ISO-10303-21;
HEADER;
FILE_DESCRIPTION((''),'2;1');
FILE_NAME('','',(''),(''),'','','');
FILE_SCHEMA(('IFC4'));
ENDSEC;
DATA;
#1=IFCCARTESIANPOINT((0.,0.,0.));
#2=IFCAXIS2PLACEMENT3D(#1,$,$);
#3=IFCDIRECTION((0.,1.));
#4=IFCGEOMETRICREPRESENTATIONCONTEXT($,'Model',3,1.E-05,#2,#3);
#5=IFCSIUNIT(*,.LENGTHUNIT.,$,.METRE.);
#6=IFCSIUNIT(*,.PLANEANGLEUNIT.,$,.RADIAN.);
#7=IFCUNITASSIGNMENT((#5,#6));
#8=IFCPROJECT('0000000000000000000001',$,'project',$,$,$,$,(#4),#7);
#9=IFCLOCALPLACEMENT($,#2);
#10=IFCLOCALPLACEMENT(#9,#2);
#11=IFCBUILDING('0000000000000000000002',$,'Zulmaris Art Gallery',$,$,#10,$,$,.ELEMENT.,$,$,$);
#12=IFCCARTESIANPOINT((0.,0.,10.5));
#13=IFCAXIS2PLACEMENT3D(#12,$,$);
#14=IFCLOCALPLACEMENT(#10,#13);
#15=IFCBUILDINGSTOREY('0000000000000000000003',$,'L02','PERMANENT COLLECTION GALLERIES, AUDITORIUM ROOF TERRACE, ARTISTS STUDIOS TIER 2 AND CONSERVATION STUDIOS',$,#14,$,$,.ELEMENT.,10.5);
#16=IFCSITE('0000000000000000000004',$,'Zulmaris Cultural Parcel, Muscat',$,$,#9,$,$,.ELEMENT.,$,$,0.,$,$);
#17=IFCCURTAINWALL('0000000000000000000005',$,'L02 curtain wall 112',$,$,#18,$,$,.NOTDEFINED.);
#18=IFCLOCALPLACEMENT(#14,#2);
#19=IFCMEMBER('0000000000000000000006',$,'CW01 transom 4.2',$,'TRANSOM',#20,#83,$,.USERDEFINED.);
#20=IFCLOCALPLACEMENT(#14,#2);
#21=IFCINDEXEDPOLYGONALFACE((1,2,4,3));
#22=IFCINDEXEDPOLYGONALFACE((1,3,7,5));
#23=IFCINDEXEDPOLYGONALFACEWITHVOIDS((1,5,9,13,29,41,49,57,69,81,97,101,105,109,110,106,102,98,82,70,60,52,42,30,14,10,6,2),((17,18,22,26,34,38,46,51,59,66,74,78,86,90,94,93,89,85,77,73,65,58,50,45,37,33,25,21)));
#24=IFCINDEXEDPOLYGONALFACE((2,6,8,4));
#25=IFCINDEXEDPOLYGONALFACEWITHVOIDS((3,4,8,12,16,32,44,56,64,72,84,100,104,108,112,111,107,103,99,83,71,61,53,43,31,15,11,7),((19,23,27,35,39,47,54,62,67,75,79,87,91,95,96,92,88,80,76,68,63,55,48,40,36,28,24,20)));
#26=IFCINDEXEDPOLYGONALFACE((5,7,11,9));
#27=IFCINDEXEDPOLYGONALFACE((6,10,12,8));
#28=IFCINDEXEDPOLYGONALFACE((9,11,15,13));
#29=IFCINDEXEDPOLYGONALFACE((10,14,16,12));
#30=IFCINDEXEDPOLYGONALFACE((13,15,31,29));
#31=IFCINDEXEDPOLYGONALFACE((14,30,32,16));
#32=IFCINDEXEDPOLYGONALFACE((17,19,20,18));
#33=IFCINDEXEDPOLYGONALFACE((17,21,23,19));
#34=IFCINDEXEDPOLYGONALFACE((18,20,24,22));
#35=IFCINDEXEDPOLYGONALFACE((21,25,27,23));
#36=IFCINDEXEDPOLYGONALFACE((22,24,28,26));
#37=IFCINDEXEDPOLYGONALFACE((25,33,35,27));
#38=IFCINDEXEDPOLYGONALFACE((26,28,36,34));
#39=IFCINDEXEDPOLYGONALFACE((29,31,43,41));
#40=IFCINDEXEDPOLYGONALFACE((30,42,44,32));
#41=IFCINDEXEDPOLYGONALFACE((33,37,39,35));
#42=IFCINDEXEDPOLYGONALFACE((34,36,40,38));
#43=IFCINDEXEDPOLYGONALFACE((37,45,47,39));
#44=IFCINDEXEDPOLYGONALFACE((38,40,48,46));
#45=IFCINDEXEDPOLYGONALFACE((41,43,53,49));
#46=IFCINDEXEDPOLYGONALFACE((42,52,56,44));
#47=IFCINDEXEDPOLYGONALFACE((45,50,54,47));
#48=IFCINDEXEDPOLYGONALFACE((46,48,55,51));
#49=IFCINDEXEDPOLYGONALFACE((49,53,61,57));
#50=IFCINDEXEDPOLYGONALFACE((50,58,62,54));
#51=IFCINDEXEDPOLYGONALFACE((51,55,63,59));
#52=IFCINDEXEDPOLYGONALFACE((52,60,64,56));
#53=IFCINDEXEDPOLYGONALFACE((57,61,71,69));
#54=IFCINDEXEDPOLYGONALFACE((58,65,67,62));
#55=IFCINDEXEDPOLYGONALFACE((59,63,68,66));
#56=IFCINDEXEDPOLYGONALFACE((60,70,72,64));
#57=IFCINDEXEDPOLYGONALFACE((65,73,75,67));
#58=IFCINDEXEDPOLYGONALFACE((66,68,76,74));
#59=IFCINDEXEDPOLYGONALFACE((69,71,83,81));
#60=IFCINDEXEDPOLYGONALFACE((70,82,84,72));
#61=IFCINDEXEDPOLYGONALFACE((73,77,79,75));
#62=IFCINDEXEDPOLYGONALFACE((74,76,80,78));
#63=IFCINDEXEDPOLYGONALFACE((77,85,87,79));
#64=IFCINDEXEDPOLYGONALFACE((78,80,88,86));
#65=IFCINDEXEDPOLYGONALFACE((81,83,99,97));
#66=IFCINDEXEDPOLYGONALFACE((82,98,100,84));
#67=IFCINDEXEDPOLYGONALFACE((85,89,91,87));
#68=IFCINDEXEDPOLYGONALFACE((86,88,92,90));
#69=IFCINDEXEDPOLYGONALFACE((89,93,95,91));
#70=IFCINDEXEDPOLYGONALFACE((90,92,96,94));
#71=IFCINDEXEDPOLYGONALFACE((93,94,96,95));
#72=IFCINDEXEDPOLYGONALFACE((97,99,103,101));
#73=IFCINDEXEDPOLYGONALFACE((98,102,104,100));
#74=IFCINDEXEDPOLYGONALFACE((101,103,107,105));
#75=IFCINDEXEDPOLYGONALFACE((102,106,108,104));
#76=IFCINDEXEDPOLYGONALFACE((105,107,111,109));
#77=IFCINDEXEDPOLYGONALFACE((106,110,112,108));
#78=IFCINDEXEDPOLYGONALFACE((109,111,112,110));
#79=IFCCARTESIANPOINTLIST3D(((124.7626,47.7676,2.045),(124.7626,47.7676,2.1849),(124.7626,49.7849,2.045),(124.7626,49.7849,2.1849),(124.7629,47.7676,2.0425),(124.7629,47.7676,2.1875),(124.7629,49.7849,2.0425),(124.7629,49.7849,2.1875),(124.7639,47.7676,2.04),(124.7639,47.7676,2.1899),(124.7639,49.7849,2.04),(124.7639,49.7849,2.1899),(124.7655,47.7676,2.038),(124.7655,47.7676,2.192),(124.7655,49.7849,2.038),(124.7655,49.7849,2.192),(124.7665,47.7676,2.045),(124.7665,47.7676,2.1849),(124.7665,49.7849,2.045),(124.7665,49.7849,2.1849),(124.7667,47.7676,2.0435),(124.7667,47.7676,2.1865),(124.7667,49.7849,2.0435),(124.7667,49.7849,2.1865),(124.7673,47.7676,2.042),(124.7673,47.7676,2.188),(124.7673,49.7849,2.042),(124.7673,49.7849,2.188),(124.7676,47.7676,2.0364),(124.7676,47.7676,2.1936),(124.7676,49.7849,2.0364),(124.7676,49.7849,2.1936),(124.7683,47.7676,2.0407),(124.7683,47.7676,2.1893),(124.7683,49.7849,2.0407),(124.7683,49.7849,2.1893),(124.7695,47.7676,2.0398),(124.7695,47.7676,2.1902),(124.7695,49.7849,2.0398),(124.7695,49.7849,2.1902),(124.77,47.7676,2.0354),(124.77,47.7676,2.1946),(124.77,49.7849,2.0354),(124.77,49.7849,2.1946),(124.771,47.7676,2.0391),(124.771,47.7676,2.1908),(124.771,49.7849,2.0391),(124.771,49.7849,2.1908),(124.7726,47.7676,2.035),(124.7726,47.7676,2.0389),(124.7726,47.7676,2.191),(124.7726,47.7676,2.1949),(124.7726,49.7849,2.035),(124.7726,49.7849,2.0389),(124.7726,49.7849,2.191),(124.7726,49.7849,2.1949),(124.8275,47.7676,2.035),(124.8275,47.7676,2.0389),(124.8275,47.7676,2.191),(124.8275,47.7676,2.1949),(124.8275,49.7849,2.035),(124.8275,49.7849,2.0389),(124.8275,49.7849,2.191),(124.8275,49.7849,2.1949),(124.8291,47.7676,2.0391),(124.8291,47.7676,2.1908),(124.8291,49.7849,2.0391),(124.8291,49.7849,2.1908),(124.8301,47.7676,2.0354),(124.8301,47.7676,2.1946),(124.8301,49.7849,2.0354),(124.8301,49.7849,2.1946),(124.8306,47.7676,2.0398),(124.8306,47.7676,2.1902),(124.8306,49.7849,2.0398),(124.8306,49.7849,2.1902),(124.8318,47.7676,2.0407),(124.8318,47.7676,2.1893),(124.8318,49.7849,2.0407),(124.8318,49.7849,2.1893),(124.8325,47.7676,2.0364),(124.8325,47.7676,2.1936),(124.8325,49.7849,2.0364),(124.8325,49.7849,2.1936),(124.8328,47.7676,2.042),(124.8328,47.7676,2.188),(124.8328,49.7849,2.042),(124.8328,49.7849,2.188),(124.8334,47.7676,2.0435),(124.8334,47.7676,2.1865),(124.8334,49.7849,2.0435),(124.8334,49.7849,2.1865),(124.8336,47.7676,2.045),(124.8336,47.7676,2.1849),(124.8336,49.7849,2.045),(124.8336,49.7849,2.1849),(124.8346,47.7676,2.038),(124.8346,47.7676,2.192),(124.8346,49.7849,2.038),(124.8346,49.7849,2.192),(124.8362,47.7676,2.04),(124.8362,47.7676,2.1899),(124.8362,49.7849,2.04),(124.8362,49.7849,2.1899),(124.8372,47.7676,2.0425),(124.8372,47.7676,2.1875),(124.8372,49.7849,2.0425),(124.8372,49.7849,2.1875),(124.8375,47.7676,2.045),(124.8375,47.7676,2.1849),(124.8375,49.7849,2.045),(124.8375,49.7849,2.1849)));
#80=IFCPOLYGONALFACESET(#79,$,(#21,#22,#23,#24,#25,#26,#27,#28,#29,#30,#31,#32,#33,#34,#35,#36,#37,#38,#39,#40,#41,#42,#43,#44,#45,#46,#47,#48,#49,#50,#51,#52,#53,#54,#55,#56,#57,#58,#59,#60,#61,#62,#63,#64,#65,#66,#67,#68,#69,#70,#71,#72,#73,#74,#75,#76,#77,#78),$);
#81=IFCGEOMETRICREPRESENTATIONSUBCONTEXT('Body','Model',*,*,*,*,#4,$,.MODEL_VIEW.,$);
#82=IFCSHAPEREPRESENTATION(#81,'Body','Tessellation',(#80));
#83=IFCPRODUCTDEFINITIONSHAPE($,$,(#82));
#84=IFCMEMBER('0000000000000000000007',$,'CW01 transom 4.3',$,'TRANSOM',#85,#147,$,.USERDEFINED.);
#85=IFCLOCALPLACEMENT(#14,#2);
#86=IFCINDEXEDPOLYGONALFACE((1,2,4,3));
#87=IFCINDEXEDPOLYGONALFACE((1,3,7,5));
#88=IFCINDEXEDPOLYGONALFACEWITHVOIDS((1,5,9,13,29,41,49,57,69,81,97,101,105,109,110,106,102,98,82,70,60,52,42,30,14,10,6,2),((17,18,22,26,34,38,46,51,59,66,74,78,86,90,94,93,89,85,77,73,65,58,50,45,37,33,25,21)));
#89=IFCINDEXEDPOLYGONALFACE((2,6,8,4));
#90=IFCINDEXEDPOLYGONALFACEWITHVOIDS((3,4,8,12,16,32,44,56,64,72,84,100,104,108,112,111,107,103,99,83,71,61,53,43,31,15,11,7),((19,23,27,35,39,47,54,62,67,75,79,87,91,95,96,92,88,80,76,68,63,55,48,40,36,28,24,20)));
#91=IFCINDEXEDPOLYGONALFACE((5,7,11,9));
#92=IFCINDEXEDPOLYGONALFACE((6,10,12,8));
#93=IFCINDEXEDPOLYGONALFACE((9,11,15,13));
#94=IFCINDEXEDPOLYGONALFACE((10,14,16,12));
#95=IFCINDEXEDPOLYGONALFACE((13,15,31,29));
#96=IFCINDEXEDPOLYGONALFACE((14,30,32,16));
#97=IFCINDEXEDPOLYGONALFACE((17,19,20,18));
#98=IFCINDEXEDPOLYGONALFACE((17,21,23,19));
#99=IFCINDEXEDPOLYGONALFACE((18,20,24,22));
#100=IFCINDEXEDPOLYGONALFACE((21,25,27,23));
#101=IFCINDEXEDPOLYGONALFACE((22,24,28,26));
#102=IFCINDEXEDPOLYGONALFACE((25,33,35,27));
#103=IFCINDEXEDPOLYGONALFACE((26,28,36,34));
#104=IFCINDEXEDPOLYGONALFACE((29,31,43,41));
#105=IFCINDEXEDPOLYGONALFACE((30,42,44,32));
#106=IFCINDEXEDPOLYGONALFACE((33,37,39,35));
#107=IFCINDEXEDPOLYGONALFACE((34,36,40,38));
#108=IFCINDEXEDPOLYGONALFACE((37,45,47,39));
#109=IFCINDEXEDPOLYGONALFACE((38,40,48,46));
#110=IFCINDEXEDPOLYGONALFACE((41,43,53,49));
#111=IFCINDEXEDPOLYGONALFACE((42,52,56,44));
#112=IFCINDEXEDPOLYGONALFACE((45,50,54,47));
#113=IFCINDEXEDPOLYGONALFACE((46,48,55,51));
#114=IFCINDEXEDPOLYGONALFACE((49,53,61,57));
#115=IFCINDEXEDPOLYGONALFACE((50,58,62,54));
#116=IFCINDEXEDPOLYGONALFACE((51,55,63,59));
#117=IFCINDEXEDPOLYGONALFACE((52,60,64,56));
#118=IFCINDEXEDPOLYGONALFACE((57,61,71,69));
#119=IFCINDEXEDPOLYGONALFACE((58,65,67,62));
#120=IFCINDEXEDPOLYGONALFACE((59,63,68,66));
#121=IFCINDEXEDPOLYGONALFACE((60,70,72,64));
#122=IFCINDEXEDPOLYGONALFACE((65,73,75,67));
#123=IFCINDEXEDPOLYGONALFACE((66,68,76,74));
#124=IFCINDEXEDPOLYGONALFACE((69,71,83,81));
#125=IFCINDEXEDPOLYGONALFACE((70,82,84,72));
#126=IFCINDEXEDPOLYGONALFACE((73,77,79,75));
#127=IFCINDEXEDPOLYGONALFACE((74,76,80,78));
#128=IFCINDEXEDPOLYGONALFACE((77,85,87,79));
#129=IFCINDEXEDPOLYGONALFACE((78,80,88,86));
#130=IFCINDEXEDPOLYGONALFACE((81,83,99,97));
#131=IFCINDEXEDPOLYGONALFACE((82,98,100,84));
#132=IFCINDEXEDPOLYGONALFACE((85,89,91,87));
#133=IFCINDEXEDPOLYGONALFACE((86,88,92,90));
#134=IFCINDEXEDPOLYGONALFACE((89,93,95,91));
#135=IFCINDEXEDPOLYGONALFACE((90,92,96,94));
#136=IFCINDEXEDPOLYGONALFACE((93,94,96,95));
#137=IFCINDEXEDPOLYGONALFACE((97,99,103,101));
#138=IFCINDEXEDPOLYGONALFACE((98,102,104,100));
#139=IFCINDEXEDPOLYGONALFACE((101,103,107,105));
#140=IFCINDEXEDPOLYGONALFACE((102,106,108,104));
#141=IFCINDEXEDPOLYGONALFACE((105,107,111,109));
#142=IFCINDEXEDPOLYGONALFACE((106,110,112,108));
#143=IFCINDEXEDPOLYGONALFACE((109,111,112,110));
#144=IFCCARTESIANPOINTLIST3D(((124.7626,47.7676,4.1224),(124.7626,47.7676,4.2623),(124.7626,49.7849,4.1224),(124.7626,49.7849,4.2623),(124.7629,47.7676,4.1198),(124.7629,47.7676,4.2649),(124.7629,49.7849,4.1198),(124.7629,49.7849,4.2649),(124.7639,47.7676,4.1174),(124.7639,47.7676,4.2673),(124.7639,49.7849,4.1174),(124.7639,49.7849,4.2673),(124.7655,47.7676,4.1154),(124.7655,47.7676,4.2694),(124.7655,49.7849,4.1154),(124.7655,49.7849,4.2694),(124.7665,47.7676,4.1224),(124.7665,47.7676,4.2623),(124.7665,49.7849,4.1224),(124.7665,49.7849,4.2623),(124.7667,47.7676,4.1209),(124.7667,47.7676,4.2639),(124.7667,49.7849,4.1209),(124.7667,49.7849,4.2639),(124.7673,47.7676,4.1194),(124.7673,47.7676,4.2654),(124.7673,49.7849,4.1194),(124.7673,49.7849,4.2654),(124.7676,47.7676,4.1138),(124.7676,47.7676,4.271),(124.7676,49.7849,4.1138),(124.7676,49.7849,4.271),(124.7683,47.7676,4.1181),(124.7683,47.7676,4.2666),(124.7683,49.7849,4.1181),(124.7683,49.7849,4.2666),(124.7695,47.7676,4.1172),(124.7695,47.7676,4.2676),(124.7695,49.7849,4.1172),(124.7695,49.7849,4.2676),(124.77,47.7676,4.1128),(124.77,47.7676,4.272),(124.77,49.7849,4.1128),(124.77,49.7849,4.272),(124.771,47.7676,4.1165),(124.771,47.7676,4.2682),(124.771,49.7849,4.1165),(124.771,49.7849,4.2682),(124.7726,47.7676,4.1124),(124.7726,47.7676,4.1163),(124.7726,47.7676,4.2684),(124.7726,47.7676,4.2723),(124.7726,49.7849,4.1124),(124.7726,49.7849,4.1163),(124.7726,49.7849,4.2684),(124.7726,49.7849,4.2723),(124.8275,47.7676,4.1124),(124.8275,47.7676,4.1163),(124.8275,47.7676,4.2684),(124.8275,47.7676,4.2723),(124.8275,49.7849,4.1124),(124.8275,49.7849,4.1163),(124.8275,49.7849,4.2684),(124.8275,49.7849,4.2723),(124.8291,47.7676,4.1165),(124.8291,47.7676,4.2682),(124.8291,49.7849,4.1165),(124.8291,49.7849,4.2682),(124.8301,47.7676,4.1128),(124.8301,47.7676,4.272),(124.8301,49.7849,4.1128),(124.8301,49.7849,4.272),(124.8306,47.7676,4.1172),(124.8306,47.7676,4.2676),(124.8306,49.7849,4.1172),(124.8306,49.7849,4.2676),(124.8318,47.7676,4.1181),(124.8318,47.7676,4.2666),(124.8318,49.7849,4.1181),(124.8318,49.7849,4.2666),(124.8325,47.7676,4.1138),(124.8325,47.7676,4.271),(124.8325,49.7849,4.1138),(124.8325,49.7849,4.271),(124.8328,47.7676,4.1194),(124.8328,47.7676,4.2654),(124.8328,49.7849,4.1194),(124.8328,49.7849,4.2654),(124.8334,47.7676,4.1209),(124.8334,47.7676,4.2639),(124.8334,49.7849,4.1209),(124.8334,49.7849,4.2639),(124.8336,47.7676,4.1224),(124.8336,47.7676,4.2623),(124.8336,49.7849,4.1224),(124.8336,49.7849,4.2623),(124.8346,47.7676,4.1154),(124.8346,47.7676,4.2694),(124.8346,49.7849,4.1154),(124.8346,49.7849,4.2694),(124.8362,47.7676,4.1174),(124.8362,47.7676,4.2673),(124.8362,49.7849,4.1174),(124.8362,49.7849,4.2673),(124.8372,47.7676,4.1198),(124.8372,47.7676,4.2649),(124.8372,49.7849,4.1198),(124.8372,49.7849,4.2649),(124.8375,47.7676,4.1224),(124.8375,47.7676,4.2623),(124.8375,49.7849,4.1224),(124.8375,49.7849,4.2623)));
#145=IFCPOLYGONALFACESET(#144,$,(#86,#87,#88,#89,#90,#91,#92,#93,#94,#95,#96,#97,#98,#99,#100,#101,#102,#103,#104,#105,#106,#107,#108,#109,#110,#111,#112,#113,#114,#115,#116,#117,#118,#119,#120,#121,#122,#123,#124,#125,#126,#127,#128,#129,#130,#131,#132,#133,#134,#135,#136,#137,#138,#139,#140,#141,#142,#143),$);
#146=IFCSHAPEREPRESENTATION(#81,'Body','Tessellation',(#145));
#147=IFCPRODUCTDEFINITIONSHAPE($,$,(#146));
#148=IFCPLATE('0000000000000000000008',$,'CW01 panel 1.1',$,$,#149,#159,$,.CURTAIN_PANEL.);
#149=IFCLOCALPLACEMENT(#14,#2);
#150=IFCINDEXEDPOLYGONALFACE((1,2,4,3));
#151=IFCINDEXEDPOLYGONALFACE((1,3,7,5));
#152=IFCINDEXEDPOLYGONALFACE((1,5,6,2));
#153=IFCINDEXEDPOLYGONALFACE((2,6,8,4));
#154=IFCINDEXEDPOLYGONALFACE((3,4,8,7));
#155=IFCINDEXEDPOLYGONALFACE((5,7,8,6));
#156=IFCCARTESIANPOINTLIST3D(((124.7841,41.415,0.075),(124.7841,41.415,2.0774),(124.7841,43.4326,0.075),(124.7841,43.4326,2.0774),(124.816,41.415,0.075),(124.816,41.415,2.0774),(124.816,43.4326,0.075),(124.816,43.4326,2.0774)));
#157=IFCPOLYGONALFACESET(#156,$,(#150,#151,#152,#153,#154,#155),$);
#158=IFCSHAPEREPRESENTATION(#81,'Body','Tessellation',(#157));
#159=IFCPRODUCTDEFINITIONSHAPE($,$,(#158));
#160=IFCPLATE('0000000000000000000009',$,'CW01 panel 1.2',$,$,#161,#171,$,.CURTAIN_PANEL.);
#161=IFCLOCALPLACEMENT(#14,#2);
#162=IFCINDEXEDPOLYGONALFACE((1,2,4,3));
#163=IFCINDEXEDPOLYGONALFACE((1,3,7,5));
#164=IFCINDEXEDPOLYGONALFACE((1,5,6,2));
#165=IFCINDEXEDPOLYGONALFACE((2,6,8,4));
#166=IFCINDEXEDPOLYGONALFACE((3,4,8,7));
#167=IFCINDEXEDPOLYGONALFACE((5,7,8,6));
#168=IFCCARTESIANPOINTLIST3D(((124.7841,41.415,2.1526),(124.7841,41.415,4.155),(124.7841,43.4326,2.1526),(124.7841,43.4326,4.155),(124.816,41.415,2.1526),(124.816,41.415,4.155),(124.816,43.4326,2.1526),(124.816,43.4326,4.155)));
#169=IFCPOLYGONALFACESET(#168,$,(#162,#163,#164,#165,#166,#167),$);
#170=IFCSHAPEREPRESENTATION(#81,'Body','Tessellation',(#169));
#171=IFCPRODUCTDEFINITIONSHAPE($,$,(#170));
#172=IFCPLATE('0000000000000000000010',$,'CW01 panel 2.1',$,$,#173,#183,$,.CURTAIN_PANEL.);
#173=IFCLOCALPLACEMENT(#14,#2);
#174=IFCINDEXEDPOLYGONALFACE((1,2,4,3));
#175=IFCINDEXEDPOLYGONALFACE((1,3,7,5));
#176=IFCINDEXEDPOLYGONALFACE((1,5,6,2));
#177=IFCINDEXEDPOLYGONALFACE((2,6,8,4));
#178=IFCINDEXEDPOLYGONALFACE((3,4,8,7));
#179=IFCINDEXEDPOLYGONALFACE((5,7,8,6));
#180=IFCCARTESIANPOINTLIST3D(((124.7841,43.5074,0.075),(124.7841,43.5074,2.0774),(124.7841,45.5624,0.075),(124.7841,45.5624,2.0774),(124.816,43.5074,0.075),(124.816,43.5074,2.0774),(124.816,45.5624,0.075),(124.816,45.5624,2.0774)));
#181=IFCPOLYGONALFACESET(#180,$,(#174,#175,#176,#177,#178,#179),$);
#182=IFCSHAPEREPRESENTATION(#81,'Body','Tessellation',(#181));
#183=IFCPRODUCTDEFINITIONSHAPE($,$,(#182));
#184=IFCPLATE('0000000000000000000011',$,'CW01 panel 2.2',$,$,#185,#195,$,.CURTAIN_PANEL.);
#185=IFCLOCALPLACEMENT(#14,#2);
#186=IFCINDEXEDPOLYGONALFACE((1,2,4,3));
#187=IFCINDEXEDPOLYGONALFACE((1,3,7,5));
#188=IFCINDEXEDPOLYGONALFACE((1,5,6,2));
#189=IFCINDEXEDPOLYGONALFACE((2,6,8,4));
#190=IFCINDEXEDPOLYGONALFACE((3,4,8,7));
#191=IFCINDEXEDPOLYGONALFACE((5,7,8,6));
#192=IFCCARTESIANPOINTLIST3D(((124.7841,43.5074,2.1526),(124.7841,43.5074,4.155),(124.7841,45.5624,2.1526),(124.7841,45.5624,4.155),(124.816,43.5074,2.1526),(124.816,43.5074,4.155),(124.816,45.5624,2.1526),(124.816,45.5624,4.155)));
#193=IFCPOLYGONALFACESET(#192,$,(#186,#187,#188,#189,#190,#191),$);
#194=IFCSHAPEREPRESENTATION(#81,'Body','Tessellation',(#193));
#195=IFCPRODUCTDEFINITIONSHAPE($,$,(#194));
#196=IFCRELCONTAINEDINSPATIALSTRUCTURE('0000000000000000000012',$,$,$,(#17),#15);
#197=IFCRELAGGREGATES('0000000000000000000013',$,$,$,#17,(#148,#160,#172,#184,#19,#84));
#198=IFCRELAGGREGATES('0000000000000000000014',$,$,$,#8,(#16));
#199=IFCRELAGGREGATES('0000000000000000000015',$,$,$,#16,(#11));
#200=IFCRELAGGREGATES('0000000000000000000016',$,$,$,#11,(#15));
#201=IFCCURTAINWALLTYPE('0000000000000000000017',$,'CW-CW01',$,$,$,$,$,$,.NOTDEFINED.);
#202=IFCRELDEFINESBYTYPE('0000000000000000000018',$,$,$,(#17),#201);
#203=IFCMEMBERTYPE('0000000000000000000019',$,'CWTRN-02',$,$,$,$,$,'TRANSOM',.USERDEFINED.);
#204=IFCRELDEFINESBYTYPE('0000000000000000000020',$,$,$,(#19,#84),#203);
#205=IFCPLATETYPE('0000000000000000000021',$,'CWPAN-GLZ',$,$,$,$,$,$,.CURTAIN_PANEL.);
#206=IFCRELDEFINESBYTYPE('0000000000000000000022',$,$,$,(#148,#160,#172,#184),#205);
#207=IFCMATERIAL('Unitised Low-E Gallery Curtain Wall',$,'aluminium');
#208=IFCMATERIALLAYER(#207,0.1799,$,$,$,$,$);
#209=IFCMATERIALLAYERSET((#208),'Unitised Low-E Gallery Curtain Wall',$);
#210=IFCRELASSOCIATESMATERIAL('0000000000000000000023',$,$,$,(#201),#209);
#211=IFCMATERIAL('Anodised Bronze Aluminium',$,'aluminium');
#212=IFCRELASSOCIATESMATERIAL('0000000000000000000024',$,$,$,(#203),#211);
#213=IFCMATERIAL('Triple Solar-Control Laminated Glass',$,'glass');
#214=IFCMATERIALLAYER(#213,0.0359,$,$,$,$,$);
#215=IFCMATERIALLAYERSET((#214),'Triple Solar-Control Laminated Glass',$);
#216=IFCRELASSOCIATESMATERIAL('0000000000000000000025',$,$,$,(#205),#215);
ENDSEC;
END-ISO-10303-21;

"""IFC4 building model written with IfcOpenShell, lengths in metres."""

from ifc_helpers import new_model, si_unit, direction, frame, origin, origin_2d, place, context, subcontext, project, spatial, rectangle, hollow_rectangle, extrude, material, layer, layer_set, material_profile, profile_set, type_object, element, aggregate, save


model = new_model("IFC4")

# Units and contexts
model_context = context("Model", 3, precision=1e-05, world=origin(), true_north=direction((0.0, 1.0)))
body_context = subcontext(model_context, "Body", "Model", "MODEL_VIEW")
ifc_project = project(units=[si_unit("LENGTHUNIT", "METRE"), si_unit("PLANEANGLEUNIT", "RADIAN")], contexts=[model_context])

# Site, building, storey
site_placement = place(None, origin())
site = spatial("IfcSite", under=ifc_project, at=site_placement, Name="Zulmaris Cultural Parcel, Muscat", CompositionType="ELEMENT", RefElevation=0.0)
building_placement = place(site_placement, origin())
building = spatial("IfcBuilding", under=site, at=building_placement, Name="Zulmaris Art Gallery", CompositionType="ELEMENT")
storey_placement = place(building_placement, frame((0.0, 0.0, 10.5)))
storey = spatial("IfcBuildingStorey", under=building, at=storey_placement, Name="L02", Description="PERMANENT COLLECTION GALLERIES, AUDITORIUM ROOF TERRACE, ARTISTS STUDIOS TIER 2 AND CONSERVATION STUDIOS", CompositionType="ELEMENT", Elevation=10.5)

# Curtain wall
ifc_material_1 = material(Name="Unitised Low-E Gallery Curtain Wall", Category="aluminium")
ifc_layer_1 = layer(ifc_material_1, 0.1799)
ifc_layer_set_1 = layer_set([ifc_layer_1], Name="Unitised Low-E Gallery Curtain Wall")
curtain_wall_type = type_object("IfcCurtainWallType", Name="CW-CW01", PredefinedType="NOTDEFINED", material=ifc_layer_set_1)
curtain_wall_1_placement = place(storey_placement, origin())
curtain_wall_1 = element("IfcCurtainWall", 1, at=curtain_wall_1_placement, inside=storey, type_object=curtain_wall_type, Name="L02 curtain wall 112", PredefinedType="NOTDEFINED")
ifc_material_2 = material(Name="Anodised Bronze Aluminium", Category="aluminium")

# Members
ifc_material_profile_1 = material_profile(ifc_material_2, hollow_rectangle(XDim=0.075, YDim=0.1599, WallThickness=0.0039, InnerFilletRadius=0.0061, OuterFilletRadius=0.01, at=origin_2d()), Name="ALU 75x160x4")
ifc_profile_set_1 = profile_set([ifc_material_profile_1], Name="Anodised Bronze Aluminium")
member_type_1 = type_object("IfcMemberType", Name="CWTRN-02", ElementType="TRANSOM", PredefinedType="USERDEFINED", material=ifc_profile_set_1)
member_1_placement = place(storey_placement, frame((124.8, 47.7676, 2.115), z_axis=(0.0, 1.0, 0.0), x_axis=(-1.0, 0.0, 0.0)))
member_1 = element("IfcMember", 2, at=member_1_placement, type_object=member_type_1, Name="CW01 transom 4.2", ObjectType="TRANSOM", PredefinedType="USERDEFINED", context=body_context, shape_type="SweptSolid", body=[
    extrude(hollow_rectangle(XDim=0.075, YDim=0.1599, WallThickness=0.0039, InnerFilletRadius=0.0061, OuterFilletRadius=0.01, at=origin_2d()), origin(), (0.0, 0.0, 1.0), 2.0173),
])
member_2_placement = place(storey_placement, frame((124.8, 47.7676, 4.1924), z_axis=(0.0, 1.0, 0.0), x_axis=(-1.0, 0.0, 0.0)))
member_2 = element("IfcMember", 3, at=member_2_placement, type_object=member_type_1, Name="CW01 transom 4.3", ObjectType="TRANSOM", PredefinedType="USERDEFINED", context=body_context, shape_type="SweptSolid", body=[
    extrude(hollow_rectangle(XDim=0.075, YDim=0.1599, WallThickness=0.0039, InnerFilletRadius=0.0061, OuterFilletRadius=0.01, at=origin_2d()), origin(), (0.0, 0.0, 1.0), 2.0173),
])

# Plates
ifc_material_3 = material(Name="Triple Solar-Control Laminated Glass", Category="glass")
ifc_layer_2 = layer(ifc_material_3, 0.0359)
ifc_layer_set_2 = layer_set([ifc_layer_2], Name="Triple Solar-Control Laminated Glass")
plate_type = type_object("IfcPlateType", Name="CWPAN-GLZ", PredefinedType="CURTAIN_PANEL", material=ifc_layer_set_2)
plate_1_placement = place(storey_placement, frame((124.8, 42.4238, 0.075), z_axis=(0.0, 0.0, 1.0), x_axis=(0.0, 1.0, 0.0)))
plate_1 = element("IfcPlate", 4, at=plate_1_placement, type_object=plate_type, Name="CW01 panel 1.1", PredefinedType="CURTAIN_PANEL", context=body_context, shape_type="SweptSolid", body=[
    extrude(rectangle(XDim=2.0176, YDim=0.032, at=origin_2d()), origin(), (0.0, 0.0, 1.0), 2.0024),
])
plate_2_placement = place(storey_placement, frame((124.8, 42.4238, 2.1526), z_axis=(0.0, 0.0, 1.0), x_axis=(0.0, 1.0, 0.0)))
plate_2 = element("IfcPlate", 5, at=plate_2_placement, type_object=plate_type, Name="CW01 panel 1.2", PredefinedType="CURTAIN_PANEL", context=body_context, shape_type="SweptSolid", body=[
    extrude(rectangle(XDim=2.0176, YDim=0.032, at=origin_2d()), origin(), (0.0, 0.0, 1.0), 2.0024),
])
plate_3_placement = place(storey_placement, frame((124.8, 44.5349, 0.075), z_axis=(0.0, 0.0, 1.0), x_axis=(0.0, 1.0, 0.0)))
plate_3 = element("IfcPlate", 6, at=plate_3_placement, type_object=plate_type, Name="CW01 panel 2.1", PredefinedType="CURTAIN_PANEL", context=body_context, shape_type="SweptSolid", body=[
    extrude(rectangle(XDim=2.0549, YDim=0.032, at=origin_2d()), origin(), (0.0, 0.0, 1.0), 2.0024),
])
plate_4_placement = place(storey_placement, frame((124.8, 44.5349, 2.1526), z_axis=(0.0, 0.0, 1.0), x_axis=(0.0, 1.0, 0.0)))
plate_4 = element("IfcPlate", 7, at=plate_4_placement, type_object=plate_type, Name="CW01 panel 2.2", PredefinedType="CURTAIN_PANEL", context=body_context, shape_type="SweptSolid", body=[
    extrude(rectangle(XDim=2.0549, YDim=0.032, at=origin_2d()), origin(), (0.0, 0.0, 1.0), 2.0024),
])
aggregate(curtain_wall_1, [plate_1, plate_2, plate_3, plate_4, member_1, member_2])

save(model, "model.ifc")
